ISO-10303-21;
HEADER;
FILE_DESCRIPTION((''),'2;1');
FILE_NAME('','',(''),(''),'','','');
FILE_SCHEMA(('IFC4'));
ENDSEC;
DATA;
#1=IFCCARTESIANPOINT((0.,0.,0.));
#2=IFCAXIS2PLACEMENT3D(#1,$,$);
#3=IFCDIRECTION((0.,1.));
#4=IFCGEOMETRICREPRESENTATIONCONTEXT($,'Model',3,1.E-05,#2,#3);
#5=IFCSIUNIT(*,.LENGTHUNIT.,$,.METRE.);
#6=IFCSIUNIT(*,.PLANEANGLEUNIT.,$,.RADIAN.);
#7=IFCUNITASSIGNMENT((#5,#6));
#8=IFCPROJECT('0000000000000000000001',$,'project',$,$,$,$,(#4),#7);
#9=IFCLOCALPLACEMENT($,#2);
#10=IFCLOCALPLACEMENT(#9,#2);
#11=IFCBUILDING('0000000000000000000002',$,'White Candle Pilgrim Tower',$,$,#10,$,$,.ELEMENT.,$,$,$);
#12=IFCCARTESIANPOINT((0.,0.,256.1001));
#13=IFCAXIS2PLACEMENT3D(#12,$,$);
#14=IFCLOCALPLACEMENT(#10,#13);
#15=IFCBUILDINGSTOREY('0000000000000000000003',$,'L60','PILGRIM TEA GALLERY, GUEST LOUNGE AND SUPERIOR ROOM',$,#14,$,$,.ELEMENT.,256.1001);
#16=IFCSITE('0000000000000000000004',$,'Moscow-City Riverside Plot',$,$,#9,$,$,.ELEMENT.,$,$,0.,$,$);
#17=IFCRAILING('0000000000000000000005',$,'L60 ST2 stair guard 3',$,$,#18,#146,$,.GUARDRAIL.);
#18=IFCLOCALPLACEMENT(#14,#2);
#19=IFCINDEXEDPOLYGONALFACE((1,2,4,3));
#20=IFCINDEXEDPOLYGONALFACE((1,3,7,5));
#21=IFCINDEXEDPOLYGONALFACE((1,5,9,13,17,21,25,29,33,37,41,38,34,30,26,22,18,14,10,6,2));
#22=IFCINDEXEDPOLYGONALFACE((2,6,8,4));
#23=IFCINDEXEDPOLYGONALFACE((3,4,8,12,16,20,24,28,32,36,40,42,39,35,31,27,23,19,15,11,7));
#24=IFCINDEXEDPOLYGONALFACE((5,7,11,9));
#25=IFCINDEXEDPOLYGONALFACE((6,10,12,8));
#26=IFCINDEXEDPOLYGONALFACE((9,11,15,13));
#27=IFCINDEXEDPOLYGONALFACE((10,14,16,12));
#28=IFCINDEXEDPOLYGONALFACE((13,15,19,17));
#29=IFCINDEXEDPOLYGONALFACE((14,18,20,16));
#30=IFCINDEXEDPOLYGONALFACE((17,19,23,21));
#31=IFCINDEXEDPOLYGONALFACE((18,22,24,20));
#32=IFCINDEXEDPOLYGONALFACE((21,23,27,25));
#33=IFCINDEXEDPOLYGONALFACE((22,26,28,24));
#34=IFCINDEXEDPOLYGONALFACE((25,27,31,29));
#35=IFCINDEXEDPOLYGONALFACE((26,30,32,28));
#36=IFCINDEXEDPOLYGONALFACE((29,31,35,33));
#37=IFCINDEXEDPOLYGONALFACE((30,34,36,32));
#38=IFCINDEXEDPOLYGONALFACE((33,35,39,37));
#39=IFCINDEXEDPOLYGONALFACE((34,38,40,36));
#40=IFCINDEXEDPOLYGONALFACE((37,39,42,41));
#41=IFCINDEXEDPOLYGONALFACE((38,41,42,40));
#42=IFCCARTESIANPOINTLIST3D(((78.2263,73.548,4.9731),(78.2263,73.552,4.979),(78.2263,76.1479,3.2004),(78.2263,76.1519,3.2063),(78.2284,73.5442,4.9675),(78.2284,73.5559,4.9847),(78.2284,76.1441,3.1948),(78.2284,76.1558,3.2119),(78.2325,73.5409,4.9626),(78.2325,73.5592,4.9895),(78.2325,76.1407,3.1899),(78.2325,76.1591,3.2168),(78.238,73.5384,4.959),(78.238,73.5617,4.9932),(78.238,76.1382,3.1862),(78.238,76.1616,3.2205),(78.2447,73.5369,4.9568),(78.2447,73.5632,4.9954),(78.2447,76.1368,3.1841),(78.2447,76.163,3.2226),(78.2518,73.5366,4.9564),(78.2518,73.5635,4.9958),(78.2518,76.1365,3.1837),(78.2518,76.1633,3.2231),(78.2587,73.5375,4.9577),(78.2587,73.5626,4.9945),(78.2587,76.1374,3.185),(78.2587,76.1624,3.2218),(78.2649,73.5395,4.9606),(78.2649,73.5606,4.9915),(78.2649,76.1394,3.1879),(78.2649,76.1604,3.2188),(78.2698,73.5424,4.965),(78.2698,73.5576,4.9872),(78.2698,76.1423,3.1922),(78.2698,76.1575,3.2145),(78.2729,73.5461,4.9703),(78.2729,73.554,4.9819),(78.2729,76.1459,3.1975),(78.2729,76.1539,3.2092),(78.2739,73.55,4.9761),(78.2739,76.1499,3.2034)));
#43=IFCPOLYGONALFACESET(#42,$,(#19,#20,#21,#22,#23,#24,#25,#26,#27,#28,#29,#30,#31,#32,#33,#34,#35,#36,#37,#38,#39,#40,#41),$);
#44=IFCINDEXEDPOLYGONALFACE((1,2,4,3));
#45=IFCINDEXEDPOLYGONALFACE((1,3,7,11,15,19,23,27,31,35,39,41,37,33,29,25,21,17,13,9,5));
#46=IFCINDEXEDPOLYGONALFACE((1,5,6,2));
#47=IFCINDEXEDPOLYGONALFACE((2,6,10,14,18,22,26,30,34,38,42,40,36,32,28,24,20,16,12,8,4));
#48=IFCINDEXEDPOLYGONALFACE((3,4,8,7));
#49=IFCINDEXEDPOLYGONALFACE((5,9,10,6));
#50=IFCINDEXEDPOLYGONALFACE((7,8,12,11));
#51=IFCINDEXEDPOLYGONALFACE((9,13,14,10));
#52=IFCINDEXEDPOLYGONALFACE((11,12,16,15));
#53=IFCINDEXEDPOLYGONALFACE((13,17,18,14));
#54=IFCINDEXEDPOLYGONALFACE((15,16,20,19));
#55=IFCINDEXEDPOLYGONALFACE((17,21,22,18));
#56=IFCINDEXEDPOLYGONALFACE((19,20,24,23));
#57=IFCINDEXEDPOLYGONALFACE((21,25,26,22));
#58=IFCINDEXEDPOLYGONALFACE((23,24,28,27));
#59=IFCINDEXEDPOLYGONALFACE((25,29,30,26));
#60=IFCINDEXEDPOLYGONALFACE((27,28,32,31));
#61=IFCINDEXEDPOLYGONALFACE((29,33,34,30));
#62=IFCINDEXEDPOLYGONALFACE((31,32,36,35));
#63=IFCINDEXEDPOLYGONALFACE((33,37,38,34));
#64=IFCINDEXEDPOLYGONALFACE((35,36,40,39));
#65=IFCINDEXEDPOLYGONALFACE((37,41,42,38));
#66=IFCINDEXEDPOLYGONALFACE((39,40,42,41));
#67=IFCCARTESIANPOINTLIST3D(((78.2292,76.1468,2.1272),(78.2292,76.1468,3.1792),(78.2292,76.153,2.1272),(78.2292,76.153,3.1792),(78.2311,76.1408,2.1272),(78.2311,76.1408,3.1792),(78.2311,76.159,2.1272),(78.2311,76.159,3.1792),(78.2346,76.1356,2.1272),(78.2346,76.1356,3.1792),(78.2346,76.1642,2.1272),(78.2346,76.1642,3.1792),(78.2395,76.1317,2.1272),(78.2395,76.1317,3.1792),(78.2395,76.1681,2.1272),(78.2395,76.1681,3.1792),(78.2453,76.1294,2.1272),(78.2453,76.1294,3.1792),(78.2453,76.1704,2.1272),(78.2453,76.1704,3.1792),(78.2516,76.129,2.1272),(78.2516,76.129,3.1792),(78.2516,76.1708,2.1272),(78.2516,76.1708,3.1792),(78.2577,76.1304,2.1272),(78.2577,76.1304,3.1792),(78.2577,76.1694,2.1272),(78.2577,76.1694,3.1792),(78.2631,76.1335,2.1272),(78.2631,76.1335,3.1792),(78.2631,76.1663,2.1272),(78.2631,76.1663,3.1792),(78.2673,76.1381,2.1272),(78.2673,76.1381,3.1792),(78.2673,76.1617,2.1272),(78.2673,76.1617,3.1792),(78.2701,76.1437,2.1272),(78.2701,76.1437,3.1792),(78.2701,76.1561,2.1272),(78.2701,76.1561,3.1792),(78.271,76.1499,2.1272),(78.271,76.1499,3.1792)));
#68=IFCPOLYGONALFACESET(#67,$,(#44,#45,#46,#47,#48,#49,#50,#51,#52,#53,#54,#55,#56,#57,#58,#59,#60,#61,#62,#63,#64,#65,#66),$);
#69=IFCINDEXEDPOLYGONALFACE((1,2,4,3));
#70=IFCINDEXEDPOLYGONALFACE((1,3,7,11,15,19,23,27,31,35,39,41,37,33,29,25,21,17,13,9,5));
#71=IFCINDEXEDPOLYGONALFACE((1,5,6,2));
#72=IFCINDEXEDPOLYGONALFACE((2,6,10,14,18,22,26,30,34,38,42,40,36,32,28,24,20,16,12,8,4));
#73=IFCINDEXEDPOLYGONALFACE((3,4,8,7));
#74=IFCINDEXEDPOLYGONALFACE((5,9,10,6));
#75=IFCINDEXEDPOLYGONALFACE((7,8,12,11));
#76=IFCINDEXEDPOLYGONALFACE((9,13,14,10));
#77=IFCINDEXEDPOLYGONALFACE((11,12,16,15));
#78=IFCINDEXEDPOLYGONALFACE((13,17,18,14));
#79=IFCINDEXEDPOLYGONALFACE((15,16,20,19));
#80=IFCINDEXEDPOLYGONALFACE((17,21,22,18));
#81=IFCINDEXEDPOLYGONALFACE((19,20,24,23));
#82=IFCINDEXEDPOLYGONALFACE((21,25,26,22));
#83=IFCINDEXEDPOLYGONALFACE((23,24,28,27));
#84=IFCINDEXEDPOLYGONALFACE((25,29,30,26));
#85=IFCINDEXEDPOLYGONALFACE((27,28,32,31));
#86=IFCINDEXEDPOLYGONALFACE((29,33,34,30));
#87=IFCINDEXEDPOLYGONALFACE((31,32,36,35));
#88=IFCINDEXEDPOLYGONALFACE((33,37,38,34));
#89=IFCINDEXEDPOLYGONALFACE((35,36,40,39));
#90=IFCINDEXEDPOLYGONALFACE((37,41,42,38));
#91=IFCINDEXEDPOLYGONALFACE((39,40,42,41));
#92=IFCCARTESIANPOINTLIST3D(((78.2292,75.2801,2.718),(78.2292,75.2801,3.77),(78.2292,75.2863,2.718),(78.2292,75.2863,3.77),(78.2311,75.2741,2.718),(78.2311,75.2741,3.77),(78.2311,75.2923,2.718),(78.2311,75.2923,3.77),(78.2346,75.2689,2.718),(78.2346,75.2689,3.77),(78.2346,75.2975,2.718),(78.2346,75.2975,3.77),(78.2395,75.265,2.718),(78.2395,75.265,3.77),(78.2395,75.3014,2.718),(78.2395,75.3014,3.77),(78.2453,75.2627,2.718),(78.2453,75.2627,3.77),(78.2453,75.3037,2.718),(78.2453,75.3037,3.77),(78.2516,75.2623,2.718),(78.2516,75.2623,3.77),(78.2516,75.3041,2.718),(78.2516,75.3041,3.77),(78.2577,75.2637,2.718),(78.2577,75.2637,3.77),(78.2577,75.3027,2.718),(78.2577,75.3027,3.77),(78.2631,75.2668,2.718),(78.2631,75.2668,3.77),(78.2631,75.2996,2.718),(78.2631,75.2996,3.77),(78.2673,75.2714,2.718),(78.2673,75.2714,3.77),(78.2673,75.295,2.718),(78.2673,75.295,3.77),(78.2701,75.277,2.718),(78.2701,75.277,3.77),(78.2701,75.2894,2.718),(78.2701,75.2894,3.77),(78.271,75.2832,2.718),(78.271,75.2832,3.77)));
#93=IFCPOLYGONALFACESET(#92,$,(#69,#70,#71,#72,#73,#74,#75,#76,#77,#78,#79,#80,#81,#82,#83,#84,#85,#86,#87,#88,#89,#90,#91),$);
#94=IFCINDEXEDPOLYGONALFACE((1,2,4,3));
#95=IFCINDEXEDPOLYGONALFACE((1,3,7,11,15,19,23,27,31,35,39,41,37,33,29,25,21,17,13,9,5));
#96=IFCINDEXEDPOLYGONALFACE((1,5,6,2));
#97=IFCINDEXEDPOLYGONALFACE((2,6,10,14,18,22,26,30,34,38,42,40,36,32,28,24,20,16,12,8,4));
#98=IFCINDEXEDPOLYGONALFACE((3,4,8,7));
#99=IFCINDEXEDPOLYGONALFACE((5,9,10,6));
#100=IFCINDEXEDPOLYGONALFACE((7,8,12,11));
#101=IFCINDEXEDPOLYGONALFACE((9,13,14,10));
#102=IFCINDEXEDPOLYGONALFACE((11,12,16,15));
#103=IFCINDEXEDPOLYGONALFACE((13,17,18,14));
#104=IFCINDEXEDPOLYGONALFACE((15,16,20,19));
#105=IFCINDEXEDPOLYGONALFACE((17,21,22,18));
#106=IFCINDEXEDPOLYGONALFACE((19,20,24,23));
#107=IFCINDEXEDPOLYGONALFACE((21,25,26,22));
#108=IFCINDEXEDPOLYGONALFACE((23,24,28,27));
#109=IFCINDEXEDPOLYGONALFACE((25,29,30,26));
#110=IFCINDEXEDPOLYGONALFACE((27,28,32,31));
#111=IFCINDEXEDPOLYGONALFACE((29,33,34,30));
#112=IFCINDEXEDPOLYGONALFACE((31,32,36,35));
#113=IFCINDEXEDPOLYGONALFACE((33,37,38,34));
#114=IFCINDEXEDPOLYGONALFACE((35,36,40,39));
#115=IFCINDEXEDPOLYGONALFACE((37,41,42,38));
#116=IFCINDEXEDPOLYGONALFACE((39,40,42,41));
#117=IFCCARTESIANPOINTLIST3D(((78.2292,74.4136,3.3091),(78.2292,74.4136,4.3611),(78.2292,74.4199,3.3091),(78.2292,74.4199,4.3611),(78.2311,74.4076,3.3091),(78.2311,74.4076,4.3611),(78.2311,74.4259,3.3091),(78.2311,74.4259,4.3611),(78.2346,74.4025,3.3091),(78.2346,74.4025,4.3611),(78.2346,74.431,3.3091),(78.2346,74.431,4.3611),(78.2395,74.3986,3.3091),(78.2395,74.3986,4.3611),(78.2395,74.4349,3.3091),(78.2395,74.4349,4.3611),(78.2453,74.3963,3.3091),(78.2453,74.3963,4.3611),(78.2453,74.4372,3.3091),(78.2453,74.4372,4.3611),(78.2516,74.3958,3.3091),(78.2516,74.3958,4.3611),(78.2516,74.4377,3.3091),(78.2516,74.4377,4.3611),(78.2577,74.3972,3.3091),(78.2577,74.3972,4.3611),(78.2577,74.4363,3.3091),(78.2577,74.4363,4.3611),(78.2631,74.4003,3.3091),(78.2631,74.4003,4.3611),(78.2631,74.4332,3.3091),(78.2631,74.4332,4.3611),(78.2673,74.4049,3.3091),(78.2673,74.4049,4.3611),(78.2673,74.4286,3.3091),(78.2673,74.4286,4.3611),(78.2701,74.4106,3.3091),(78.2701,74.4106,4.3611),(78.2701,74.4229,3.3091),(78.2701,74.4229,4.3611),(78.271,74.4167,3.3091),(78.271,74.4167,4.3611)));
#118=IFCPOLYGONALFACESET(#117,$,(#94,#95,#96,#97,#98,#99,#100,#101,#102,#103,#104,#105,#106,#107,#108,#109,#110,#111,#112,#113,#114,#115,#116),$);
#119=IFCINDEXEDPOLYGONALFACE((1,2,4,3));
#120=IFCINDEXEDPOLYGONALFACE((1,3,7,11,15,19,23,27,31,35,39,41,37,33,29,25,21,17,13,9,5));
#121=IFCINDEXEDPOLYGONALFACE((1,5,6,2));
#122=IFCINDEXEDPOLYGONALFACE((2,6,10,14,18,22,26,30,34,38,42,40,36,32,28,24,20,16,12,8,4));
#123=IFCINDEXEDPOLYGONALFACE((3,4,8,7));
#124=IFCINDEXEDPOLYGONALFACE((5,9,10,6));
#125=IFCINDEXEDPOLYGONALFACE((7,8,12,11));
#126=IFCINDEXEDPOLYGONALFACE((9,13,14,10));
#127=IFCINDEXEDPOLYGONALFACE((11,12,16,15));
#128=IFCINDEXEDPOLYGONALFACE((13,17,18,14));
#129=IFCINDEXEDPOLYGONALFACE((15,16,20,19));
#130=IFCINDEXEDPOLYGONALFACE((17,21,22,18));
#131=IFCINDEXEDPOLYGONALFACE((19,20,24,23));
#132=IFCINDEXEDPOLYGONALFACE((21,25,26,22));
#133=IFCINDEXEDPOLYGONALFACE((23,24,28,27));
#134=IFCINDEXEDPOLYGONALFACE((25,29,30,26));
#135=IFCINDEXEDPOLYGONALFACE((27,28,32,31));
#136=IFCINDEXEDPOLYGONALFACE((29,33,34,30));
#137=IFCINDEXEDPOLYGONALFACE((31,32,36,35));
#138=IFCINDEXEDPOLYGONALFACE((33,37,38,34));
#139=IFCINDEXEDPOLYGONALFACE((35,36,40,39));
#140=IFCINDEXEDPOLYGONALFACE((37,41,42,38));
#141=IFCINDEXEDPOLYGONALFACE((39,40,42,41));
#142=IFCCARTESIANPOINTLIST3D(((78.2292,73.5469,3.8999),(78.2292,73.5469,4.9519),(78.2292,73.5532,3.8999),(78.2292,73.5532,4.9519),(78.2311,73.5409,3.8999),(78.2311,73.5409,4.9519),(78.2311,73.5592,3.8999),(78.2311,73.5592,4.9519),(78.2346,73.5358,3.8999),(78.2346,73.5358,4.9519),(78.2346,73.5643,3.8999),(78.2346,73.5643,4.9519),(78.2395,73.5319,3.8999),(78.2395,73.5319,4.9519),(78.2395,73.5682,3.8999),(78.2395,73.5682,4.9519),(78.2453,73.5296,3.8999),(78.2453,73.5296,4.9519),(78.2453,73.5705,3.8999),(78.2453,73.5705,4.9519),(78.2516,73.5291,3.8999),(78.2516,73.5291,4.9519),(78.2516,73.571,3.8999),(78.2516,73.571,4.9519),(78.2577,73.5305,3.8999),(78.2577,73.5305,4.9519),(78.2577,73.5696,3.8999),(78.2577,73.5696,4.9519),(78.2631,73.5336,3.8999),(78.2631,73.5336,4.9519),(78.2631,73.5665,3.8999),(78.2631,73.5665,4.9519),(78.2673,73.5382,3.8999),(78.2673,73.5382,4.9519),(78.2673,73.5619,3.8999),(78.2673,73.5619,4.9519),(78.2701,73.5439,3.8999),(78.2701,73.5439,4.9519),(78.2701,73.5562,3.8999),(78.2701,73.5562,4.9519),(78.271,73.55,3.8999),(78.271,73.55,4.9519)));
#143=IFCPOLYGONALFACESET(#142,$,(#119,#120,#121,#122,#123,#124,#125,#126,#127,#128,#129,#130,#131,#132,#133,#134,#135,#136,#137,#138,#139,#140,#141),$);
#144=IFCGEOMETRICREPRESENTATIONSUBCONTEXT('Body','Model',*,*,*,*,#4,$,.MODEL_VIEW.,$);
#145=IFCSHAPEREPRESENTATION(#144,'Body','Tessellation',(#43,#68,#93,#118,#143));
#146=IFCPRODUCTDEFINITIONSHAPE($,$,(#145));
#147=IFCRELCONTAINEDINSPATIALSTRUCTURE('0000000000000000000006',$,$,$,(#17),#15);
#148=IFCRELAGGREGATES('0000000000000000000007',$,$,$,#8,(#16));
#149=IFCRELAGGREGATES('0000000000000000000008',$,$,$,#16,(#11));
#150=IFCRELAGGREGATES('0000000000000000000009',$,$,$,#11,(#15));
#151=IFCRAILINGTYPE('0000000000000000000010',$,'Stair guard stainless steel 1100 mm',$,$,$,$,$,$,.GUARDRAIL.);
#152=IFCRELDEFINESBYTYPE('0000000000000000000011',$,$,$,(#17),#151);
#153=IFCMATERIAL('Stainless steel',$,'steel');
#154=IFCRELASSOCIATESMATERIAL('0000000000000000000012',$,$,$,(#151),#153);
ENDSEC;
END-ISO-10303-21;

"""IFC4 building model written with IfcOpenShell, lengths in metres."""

from ifc_helpers import new_model, si_unit, direction, frame, origin, origin_2d, place, context, subcontext, project, spatial, circle, extrude, material, type_object, element, save


model = new_model("IFC4")

# Units and contexts
model_context = context("Model", 3, precision=1e-05, world=origin(), true_north=direction((0.0, 1.0)))
body_context = subcontext(model_context, "Body", "Model", "MODEL_VIEW")
ifc_project = project(units=[si_unit("LENGTHUNIT", "METRE"), si_unit("PLANEANGLEUNIT", "RADIAN")], contexts=[model_context])

# Site, building, storey
site_placement = place(None, origin())
site = spatial("IfcSite", under=ifc_project, at=site_placement, Name="Moscow-City Riverside Plot", CompositionType="ELEMENT", RefElevation=0.0)
building_placement = place(site_placement, origin())
building = spatial("IfcBuilding", under=site, at=building_placement, Name="White Candle Pilgrim Tower", CompositionType="ELEMENT")
storey_placement = place(building_placement, frame((0.0, 0.0, 256.1001)))
storey = spatial("IfcBuildingStorey", under=building, at=storey_placement, Name="L60", Description="PILGRIM TEA GALLERY, GUEST LOUNGE AND SUPERIOR ROOM", CompositionType="ELEMENT", Elevation=256.1001)

# Railing
ifc_material_1 = material(Name="Stainless steel", Category="steel")
railing_type_1 = type_object("IfcRailingType", Name="Stair guard stainless steel 1100 mm", PredefinedType="GUARDRAIL", material=ifc_material_1)
railing_1_placement = place(storey_placement, frame((78.25, 76.1499, 2.1272)))
element("IfcRailing", 1, at=railing_1_placement, inside=storey, type_object=railing_type_1, Name="L60 ST2 stair guard 3", PredefinedType="GUARDRAIL", context=body_context, shape_type="SweptSolid", body=[
    extrude(circle(Radius=0.0239, at=origin_2d()), frame((0.0, 0.0, 1.0762), z_axis=(0.0, -0.826216, 0.563354), x_axis=(1.0, 0.0, 0.0)), (0.0, 0.0, 1.0), 3.1467),
    extrude(circle(Radius=0.021, at=origin_2d()), origin(), (0.0, 0.0, 1.0), 1.052),
    extrude(circle(Radius=0.021, at=origin_2d()), frame((0.0, -0.8667, 0.5908)), (0.0, 0.0, 1.0), 1.052),
    extrude(circle(Radius=0.021, at=origin_2d()), frame((0.0, -1.7332, 1.1819)), (0.0, 0.0, 1.0), 1.052),
    extrude(circle(Radius=0.021, at=origin_2d()), frame((0.0, -2.5999, 1.7727)), (0.0, 0.0, 1.0), 1.052),
])

save(model, "model.ifc")
